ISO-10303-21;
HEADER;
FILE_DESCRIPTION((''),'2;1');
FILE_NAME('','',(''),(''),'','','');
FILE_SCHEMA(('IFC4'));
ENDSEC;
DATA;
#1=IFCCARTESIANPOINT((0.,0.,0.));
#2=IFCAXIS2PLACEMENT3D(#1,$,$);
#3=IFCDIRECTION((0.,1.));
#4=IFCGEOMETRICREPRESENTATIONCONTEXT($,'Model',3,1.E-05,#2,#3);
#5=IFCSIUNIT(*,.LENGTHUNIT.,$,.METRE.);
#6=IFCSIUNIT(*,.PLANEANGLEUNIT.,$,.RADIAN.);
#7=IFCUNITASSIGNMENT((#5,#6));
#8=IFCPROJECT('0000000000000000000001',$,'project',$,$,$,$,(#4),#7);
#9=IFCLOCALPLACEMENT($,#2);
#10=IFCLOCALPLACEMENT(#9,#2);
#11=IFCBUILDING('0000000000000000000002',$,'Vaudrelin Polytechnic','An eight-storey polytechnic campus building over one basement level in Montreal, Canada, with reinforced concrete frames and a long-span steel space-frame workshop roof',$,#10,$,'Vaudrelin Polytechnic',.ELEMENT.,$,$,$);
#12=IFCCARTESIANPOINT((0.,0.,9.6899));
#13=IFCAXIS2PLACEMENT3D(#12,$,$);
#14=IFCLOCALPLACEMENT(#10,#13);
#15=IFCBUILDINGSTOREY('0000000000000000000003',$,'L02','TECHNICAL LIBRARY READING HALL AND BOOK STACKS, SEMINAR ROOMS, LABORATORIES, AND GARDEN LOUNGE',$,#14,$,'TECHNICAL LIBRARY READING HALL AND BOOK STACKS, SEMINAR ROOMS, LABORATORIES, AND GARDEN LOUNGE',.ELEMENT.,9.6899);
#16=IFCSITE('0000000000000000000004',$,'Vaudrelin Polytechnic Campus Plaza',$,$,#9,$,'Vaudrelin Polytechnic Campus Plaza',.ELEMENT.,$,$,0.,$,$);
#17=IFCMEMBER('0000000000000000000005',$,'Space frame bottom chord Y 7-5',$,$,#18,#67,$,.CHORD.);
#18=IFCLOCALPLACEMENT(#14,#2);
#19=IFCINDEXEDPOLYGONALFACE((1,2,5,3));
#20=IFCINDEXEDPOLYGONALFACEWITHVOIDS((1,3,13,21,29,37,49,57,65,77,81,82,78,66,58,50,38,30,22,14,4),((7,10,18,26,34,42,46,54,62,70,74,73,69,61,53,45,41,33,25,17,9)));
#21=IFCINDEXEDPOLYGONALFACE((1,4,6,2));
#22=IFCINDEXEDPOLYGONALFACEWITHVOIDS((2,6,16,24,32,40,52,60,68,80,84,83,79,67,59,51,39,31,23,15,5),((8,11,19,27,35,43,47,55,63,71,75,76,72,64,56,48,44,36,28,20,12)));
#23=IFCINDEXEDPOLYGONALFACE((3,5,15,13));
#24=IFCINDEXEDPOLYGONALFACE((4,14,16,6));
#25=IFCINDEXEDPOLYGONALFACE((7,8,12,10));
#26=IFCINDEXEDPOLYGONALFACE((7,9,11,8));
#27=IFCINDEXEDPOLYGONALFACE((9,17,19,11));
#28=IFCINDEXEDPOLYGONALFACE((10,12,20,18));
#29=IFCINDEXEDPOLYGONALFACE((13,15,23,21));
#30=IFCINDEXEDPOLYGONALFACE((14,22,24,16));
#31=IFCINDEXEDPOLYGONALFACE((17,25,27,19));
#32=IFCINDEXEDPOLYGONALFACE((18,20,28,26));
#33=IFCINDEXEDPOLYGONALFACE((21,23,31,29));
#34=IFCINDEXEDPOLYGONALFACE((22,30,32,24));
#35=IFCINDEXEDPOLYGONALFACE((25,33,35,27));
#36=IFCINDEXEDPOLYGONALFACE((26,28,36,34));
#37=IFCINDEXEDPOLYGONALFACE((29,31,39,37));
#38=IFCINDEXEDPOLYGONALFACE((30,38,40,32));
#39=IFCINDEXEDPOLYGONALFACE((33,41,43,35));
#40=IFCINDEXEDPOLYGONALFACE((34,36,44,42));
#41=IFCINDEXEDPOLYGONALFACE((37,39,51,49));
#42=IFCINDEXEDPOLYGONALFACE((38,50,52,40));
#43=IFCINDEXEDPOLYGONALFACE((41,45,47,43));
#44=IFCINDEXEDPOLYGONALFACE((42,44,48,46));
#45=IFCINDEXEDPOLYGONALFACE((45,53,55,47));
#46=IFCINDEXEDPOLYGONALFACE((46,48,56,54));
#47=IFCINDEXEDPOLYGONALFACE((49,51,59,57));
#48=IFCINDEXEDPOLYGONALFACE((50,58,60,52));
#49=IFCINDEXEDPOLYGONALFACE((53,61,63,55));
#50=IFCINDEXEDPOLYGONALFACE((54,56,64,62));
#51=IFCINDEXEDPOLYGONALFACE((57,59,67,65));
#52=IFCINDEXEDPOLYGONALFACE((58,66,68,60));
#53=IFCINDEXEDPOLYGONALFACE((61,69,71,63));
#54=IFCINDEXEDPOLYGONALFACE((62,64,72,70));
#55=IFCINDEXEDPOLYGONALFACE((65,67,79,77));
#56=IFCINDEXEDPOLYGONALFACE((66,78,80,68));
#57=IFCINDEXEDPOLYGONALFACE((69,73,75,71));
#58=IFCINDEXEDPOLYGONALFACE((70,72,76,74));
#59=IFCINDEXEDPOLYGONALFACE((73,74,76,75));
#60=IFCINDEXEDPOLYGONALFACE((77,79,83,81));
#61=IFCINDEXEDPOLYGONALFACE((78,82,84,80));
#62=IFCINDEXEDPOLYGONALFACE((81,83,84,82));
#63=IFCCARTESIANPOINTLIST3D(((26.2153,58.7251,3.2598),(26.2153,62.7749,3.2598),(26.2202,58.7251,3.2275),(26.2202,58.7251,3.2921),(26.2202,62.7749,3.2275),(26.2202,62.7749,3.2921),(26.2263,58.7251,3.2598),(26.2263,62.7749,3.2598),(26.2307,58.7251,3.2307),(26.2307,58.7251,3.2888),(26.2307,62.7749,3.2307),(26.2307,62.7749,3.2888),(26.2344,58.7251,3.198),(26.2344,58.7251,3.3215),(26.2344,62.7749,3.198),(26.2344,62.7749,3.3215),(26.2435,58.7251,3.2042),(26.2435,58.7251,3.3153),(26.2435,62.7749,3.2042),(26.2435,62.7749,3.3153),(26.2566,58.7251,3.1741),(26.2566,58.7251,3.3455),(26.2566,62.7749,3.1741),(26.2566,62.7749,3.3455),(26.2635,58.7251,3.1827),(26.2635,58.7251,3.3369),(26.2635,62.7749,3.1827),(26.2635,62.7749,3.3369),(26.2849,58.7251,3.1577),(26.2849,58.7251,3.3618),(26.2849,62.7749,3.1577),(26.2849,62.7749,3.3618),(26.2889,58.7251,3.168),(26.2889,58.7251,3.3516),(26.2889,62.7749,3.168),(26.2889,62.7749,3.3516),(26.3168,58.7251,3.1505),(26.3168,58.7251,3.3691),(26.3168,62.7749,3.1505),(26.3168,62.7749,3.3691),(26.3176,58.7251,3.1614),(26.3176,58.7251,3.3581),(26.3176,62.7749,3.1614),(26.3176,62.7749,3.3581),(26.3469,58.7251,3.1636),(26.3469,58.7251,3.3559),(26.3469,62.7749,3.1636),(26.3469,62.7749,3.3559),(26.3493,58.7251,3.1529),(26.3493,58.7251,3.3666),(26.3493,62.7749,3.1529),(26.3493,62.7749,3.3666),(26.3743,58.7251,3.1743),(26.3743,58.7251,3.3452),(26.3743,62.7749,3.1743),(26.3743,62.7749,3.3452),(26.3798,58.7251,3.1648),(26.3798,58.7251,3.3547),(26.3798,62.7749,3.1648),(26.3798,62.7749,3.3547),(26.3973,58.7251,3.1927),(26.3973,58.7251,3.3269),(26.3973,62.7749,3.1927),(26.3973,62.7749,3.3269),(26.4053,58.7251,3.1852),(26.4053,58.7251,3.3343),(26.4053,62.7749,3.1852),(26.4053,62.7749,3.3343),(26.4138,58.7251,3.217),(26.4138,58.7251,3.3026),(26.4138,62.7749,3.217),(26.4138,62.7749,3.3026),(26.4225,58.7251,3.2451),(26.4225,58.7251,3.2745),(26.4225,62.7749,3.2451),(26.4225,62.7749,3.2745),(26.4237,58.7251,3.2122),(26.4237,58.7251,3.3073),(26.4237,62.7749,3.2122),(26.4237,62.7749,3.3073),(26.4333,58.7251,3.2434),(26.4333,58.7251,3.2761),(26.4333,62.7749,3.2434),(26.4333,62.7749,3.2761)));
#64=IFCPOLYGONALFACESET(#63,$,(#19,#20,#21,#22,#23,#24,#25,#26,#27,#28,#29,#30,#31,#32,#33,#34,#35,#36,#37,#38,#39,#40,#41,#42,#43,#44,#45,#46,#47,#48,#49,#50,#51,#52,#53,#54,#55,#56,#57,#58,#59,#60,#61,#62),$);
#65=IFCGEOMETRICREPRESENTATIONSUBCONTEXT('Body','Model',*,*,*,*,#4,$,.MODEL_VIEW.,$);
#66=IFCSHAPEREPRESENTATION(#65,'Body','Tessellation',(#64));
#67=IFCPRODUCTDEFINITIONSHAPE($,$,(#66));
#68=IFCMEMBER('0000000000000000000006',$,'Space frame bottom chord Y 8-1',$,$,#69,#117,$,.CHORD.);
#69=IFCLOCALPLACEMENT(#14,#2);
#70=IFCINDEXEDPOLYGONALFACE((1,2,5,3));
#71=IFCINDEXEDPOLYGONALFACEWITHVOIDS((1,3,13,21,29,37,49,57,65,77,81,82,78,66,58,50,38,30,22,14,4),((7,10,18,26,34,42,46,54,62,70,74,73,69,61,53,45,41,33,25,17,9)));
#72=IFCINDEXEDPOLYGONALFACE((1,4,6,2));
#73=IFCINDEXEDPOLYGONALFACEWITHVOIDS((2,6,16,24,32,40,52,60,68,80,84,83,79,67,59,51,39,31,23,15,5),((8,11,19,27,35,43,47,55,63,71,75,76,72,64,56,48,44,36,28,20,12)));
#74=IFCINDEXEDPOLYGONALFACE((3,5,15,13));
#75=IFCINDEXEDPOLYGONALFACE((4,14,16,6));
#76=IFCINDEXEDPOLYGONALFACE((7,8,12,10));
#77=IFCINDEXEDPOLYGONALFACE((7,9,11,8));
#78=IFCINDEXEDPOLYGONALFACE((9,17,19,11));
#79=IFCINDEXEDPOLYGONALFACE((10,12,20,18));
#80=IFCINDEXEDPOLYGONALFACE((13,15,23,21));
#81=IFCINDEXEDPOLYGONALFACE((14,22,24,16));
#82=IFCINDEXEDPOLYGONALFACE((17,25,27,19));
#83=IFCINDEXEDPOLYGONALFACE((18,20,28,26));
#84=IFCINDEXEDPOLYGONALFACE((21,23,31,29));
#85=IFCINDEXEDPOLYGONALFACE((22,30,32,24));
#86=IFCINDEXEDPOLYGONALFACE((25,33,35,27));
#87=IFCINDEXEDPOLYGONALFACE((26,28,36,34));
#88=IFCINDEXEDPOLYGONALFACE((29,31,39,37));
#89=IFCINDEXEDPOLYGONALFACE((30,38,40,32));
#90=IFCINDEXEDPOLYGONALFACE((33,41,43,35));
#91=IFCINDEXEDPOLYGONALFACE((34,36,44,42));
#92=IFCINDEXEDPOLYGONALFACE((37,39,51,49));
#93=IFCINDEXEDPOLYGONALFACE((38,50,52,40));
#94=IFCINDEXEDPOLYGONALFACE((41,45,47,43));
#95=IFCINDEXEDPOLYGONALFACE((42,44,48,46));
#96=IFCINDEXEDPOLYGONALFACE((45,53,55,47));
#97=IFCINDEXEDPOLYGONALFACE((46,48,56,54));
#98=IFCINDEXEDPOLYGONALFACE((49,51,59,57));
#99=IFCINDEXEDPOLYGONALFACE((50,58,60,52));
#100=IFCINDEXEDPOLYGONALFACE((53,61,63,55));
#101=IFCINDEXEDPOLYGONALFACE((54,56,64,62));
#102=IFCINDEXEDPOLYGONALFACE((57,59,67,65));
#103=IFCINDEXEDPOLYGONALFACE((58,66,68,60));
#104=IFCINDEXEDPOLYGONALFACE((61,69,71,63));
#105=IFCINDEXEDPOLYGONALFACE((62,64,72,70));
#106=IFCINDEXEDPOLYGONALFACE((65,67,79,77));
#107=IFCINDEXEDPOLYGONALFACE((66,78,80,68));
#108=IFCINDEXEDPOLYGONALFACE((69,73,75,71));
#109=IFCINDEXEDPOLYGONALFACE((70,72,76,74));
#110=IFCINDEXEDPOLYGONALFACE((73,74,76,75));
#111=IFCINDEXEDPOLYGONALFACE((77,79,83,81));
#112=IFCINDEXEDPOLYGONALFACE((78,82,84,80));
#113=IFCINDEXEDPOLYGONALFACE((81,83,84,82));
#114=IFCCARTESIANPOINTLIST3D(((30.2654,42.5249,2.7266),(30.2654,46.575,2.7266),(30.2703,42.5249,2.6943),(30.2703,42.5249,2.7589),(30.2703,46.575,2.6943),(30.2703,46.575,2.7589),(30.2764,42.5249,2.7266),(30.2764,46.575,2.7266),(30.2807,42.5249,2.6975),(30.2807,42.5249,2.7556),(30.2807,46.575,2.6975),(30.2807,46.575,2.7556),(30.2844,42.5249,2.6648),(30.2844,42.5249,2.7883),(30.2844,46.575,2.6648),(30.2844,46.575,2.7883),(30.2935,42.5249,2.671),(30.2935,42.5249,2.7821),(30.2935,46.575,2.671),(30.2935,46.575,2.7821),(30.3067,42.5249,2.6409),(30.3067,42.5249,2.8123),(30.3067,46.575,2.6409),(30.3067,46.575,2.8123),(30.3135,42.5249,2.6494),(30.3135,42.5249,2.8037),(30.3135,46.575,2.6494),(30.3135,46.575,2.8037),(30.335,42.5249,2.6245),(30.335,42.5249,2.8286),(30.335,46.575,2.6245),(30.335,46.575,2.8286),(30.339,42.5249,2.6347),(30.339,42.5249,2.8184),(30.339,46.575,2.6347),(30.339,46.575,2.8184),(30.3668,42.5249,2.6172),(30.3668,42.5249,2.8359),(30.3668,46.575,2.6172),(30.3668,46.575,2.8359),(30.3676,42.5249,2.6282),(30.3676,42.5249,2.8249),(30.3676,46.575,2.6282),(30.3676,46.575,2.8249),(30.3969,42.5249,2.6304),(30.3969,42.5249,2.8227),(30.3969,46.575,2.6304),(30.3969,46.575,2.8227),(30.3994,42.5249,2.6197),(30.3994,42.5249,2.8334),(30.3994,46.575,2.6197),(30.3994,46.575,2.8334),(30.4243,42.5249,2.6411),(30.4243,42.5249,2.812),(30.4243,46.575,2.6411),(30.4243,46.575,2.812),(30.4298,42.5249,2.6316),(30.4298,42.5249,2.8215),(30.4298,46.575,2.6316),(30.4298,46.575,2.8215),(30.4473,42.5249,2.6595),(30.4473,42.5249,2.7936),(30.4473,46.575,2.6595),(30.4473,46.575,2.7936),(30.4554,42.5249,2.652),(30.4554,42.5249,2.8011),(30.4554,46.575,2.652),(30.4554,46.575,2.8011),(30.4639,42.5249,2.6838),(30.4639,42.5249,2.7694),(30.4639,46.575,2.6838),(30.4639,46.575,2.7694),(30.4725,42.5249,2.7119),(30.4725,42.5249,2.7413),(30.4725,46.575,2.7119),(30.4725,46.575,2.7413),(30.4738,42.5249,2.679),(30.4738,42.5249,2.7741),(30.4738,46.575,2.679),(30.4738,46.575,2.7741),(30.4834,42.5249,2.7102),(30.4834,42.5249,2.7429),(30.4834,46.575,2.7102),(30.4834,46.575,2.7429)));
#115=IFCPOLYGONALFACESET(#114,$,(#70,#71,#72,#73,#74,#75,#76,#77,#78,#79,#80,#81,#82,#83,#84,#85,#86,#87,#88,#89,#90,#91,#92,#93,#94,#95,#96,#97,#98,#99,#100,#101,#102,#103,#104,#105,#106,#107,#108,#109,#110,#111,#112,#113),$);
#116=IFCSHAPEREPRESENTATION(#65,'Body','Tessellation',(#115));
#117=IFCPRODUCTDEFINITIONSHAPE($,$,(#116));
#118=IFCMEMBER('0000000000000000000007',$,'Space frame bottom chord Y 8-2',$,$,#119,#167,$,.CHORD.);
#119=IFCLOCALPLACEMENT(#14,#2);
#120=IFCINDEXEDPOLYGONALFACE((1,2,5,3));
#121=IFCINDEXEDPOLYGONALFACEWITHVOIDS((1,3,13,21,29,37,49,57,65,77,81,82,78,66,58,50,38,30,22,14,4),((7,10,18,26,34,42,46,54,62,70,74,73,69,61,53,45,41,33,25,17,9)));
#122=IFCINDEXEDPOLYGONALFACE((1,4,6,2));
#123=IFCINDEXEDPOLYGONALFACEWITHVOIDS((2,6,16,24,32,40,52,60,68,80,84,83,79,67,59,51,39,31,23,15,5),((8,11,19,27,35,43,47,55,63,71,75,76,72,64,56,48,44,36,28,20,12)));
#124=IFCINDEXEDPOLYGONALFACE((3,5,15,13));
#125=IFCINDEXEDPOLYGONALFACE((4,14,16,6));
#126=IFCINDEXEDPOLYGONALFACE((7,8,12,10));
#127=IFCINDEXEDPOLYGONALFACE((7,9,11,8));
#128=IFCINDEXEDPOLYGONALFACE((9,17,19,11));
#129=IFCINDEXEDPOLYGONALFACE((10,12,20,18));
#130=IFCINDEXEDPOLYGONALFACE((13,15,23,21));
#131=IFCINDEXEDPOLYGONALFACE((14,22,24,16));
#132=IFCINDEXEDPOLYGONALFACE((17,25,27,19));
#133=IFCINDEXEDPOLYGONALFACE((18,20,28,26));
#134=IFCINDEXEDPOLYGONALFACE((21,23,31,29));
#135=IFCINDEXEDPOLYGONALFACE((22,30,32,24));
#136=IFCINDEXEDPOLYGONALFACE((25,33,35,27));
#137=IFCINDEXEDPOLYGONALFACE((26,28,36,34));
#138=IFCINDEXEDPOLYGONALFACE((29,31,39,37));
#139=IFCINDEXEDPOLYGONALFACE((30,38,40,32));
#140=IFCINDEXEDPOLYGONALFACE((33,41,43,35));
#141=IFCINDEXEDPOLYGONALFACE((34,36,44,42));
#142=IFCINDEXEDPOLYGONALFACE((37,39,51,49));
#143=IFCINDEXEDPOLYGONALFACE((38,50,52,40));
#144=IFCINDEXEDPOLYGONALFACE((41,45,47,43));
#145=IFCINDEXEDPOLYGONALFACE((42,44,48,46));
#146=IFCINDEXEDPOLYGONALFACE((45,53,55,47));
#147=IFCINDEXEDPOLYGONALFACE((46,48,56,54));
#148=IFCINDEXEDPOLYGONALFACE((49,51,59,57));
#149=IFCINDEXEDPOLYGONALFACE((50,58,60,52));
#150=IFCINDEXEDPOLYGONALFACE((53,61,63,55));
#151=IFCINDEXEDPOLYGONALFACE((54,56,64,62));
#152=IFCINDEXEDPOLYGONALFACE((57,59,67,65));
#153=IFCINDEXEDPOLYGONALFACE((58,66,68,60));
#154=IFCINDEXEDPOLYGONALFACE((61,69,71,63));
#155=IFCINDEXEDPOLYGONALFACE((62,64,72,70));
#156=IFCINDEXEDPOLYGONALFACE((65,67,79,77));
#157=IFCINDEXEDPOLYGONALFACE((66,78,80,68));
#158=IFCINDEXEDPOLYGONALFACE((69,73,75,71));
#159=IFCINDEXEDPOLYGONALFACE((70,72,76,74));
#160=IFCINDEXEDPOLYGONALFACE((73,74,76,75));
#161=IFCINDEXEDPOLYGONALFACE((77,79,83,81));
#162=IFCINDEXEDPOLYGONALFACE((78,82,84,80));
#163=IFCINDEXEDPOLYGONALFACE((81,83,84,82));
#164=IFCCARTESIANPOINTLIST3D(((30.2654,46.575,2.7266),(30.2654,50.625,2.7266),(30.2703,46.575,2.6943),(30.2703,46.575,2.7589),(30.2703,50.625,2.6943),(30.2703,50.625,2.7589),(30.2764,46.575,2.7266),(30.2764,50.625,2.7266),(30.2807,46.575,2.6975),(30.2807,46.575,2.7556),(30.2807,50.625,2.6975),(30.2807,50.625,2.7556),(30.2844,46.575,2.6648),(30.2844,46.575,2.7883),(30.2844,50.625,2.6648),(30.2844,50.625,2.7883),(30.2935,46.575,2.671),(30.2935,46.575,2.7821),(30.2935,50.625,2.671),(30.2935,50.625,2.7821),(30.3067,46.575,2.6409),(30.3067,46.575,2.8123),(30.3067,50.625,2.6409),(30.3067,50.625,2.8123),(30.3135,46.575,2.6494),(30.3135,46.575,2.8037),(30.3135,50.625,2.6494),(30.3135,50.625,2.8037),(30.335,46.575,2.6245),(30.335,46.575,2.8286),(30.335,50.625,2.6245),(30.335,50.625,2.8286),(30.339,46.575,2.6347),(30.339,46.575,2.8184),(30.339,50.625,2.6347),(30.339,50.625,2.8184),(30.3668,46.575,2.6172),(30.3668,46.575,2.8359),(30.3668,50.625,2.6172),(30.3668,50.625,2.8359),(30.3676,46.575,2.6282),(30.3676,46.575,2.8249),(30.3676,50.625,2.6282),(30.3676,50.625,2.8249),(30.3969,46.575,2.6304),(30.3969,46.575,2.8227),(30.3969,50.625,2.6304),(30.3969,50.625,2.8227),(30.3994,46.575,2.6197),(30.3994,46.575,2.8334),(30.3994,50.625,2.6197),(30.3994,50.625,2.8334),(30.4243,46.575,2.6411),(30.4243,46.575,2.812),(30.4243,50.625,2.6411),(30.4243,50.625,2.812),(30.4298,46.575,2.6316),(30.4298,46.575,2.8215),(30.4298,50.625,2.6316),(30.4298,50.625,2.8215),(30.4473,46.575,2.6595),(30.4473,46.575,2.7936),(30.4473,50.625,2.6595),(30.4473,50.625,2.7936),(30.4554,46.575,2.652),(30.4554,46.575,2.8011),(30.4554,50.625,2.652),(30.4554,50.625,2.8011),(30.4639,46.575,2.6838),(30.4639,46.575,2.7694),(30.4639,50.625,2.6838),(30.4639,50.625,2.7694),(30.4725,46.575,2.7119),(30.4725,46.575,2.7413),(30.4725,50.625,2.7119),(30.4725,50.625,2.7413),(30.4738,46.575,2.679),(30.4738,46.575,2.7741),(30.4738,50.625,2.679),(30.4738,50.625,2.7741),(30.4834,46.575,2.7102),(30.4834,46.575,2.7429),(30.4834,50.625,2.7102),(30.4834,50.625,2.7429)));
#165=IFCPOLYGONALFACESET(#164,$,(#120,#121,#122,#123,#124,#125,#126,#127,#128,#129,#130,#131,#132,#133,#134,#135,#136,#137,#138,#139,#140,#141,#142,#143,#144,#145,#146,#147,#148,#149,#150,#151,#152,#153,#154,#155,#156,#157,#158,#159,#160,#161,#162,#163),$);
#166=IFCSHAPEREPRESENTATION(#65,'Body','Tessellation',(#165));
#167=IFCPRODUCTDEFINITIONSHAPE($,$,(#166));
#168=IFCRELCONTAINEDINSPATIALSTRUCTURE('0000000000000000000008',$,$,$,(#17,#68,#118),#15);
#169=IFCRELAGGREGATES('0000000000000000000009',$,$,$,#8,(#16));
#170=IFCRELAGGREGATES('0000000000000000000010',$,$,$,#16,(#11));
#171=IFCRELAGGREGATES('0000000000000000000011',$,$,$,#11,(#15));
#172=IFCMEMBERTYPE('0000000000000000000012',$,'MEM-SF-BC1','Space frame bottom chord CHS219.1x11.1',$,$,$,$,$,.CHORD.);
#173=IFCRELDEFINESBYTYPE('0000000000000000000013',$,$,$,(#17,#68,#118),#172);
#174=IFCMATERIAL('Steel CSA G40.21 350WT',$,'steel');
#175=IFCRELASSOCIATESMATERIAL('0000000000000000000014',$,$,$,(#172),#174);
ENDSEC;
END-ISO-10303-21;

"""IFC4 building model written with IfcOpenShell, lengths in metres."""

from ifc_helpers import new_model, si_unit, direction, frame, origin, origin_2d, place, context, subcontext, project, spatial, hollow_circle, extrude, material, material_profile, profile_set, type_object, element, save


model = new_model("IFC4")

# Units and contexts
model_context = context("Model", 3, precision=1e-05, world=origin(), true_north=direction((0.0, 1.0)))
body_context = subcontext(model_context, "Body", "Model", "MODEL_VIEW")
ifc_project = project(units=[si_unit("LENGTHUNIT", "METRE"), si_unit("PLANEANGLEUNIT", "RADIAN")], contexts=[model_context])

# Site, building, storey
site_placement = place(None, origin())
site = spatial("IfcSite", under=ifc_project, at=site_placement, Name="Vaudrelin Polytechnic Campus Plaza", LongName="Vaudrelin Polytechnic Campus Plaza", CompositionType="ELEMENT", RefElevation=0.0)
building_placement = place(site_placement, origin())
building = spatial("IfcBuilding", under=site, at=building_placement, Name="Vaudrelin Polytechnic", Description="An eight-storey polytechnic campus building over one basement level in Montreal, Canada, with reinforced concrete frames and a long-span steel space-frame workshop roof", LongName="Vaudrelin Polytechnic", CompositionType="ELEMENT")
storey_placement = place(building_placement, frame((0.0, 0.0, 9.6899)))
storey = spatial("IfcBuildingStorey", under=building, at=storey_placement, Name="L02", Description="TECHNICAL LIBRARY READING HALL AND BOOK STACKS, SEMINAR ROOMS, LABORATORIES, AND GARDEN LOUNGE", LongName="TECHNICAL LIBRARY READING HALL AND BOOK STACKS, SEMINAR ROOMS, LABORATORIES, AND GARDEN LOUNGE", CompositionType="ELEMENT", Elevation=9.6899)

# Members
ifc_material_1 = material(Name="Steel CSA G40.21 350WT", Category="steel")
ifc_material_profile_1 = material_profile(ifc_material_1, hollow_circle(Radius=0.1096, WallThickness=0.011, at=origin_2d()), Name="CHS219.1x11.1")
ifc_profile_set_1 = profile_set([ifc_material_profile_1], Name="Steel CSA G40.21 350WT")
member_type = type_object("IfcMemberType", Name="MEM-SF-BC1", Description="Space frame bottom chord CHS219.1x11.1", PredefinedType="CHORD", material=ifc_profile_set_1)
member_1_placement = place(storey_placement, frame((26.325, 58.7251, 3.2598), z_axis=(0.0, 1.0, 0.0), x_axis=(-1.0, 0.0, 0.0)))
element("IfcMember", 1, at=member_1_placement, inside=storey, type_object=member_type, Name="Space frame bottom chord Y 7-5", PredefinedType="CHORD", context=body_context, shape_type="SweptSolid", body=[
    extrude(hollow_circle(Radius=0.1096, WallThickness=0.011, at=origin_2d()), origin(), (0.0, 0.0, 1.0), 4.0498),
])
for number, where, z_axis, x_axis, name in (
    (2, (30.375, 42.5249, 2.7266), (0.0, 1.0, 0.0), (-1.0, 0.0, 0.0), "Space frame bottom chord Y 8-1"),
    (3, (30.375, 46.575, 2.7266), (0.0, 1.0, 0.0), (-1.0, 0.0, 0.0), "Space frame bottom chord Y 8-2"),
):
    element("IfcMember", number, at=place(storey_placement, frame(where, z_axis=z_axis, x_axis=x_axis)), inside=storey, type_object=member_type, Name=name, PredefinedType="CHORD", context=body_context, shape_type="SweptSolid", body=[
        extrude(hollow_circle(Radius=0.1096, WallThickness=0.011, at=origin_2d()), origin(), (0.0, 0.0, 1.0), 4.05),
    ])

save(model, "model.ifc")
